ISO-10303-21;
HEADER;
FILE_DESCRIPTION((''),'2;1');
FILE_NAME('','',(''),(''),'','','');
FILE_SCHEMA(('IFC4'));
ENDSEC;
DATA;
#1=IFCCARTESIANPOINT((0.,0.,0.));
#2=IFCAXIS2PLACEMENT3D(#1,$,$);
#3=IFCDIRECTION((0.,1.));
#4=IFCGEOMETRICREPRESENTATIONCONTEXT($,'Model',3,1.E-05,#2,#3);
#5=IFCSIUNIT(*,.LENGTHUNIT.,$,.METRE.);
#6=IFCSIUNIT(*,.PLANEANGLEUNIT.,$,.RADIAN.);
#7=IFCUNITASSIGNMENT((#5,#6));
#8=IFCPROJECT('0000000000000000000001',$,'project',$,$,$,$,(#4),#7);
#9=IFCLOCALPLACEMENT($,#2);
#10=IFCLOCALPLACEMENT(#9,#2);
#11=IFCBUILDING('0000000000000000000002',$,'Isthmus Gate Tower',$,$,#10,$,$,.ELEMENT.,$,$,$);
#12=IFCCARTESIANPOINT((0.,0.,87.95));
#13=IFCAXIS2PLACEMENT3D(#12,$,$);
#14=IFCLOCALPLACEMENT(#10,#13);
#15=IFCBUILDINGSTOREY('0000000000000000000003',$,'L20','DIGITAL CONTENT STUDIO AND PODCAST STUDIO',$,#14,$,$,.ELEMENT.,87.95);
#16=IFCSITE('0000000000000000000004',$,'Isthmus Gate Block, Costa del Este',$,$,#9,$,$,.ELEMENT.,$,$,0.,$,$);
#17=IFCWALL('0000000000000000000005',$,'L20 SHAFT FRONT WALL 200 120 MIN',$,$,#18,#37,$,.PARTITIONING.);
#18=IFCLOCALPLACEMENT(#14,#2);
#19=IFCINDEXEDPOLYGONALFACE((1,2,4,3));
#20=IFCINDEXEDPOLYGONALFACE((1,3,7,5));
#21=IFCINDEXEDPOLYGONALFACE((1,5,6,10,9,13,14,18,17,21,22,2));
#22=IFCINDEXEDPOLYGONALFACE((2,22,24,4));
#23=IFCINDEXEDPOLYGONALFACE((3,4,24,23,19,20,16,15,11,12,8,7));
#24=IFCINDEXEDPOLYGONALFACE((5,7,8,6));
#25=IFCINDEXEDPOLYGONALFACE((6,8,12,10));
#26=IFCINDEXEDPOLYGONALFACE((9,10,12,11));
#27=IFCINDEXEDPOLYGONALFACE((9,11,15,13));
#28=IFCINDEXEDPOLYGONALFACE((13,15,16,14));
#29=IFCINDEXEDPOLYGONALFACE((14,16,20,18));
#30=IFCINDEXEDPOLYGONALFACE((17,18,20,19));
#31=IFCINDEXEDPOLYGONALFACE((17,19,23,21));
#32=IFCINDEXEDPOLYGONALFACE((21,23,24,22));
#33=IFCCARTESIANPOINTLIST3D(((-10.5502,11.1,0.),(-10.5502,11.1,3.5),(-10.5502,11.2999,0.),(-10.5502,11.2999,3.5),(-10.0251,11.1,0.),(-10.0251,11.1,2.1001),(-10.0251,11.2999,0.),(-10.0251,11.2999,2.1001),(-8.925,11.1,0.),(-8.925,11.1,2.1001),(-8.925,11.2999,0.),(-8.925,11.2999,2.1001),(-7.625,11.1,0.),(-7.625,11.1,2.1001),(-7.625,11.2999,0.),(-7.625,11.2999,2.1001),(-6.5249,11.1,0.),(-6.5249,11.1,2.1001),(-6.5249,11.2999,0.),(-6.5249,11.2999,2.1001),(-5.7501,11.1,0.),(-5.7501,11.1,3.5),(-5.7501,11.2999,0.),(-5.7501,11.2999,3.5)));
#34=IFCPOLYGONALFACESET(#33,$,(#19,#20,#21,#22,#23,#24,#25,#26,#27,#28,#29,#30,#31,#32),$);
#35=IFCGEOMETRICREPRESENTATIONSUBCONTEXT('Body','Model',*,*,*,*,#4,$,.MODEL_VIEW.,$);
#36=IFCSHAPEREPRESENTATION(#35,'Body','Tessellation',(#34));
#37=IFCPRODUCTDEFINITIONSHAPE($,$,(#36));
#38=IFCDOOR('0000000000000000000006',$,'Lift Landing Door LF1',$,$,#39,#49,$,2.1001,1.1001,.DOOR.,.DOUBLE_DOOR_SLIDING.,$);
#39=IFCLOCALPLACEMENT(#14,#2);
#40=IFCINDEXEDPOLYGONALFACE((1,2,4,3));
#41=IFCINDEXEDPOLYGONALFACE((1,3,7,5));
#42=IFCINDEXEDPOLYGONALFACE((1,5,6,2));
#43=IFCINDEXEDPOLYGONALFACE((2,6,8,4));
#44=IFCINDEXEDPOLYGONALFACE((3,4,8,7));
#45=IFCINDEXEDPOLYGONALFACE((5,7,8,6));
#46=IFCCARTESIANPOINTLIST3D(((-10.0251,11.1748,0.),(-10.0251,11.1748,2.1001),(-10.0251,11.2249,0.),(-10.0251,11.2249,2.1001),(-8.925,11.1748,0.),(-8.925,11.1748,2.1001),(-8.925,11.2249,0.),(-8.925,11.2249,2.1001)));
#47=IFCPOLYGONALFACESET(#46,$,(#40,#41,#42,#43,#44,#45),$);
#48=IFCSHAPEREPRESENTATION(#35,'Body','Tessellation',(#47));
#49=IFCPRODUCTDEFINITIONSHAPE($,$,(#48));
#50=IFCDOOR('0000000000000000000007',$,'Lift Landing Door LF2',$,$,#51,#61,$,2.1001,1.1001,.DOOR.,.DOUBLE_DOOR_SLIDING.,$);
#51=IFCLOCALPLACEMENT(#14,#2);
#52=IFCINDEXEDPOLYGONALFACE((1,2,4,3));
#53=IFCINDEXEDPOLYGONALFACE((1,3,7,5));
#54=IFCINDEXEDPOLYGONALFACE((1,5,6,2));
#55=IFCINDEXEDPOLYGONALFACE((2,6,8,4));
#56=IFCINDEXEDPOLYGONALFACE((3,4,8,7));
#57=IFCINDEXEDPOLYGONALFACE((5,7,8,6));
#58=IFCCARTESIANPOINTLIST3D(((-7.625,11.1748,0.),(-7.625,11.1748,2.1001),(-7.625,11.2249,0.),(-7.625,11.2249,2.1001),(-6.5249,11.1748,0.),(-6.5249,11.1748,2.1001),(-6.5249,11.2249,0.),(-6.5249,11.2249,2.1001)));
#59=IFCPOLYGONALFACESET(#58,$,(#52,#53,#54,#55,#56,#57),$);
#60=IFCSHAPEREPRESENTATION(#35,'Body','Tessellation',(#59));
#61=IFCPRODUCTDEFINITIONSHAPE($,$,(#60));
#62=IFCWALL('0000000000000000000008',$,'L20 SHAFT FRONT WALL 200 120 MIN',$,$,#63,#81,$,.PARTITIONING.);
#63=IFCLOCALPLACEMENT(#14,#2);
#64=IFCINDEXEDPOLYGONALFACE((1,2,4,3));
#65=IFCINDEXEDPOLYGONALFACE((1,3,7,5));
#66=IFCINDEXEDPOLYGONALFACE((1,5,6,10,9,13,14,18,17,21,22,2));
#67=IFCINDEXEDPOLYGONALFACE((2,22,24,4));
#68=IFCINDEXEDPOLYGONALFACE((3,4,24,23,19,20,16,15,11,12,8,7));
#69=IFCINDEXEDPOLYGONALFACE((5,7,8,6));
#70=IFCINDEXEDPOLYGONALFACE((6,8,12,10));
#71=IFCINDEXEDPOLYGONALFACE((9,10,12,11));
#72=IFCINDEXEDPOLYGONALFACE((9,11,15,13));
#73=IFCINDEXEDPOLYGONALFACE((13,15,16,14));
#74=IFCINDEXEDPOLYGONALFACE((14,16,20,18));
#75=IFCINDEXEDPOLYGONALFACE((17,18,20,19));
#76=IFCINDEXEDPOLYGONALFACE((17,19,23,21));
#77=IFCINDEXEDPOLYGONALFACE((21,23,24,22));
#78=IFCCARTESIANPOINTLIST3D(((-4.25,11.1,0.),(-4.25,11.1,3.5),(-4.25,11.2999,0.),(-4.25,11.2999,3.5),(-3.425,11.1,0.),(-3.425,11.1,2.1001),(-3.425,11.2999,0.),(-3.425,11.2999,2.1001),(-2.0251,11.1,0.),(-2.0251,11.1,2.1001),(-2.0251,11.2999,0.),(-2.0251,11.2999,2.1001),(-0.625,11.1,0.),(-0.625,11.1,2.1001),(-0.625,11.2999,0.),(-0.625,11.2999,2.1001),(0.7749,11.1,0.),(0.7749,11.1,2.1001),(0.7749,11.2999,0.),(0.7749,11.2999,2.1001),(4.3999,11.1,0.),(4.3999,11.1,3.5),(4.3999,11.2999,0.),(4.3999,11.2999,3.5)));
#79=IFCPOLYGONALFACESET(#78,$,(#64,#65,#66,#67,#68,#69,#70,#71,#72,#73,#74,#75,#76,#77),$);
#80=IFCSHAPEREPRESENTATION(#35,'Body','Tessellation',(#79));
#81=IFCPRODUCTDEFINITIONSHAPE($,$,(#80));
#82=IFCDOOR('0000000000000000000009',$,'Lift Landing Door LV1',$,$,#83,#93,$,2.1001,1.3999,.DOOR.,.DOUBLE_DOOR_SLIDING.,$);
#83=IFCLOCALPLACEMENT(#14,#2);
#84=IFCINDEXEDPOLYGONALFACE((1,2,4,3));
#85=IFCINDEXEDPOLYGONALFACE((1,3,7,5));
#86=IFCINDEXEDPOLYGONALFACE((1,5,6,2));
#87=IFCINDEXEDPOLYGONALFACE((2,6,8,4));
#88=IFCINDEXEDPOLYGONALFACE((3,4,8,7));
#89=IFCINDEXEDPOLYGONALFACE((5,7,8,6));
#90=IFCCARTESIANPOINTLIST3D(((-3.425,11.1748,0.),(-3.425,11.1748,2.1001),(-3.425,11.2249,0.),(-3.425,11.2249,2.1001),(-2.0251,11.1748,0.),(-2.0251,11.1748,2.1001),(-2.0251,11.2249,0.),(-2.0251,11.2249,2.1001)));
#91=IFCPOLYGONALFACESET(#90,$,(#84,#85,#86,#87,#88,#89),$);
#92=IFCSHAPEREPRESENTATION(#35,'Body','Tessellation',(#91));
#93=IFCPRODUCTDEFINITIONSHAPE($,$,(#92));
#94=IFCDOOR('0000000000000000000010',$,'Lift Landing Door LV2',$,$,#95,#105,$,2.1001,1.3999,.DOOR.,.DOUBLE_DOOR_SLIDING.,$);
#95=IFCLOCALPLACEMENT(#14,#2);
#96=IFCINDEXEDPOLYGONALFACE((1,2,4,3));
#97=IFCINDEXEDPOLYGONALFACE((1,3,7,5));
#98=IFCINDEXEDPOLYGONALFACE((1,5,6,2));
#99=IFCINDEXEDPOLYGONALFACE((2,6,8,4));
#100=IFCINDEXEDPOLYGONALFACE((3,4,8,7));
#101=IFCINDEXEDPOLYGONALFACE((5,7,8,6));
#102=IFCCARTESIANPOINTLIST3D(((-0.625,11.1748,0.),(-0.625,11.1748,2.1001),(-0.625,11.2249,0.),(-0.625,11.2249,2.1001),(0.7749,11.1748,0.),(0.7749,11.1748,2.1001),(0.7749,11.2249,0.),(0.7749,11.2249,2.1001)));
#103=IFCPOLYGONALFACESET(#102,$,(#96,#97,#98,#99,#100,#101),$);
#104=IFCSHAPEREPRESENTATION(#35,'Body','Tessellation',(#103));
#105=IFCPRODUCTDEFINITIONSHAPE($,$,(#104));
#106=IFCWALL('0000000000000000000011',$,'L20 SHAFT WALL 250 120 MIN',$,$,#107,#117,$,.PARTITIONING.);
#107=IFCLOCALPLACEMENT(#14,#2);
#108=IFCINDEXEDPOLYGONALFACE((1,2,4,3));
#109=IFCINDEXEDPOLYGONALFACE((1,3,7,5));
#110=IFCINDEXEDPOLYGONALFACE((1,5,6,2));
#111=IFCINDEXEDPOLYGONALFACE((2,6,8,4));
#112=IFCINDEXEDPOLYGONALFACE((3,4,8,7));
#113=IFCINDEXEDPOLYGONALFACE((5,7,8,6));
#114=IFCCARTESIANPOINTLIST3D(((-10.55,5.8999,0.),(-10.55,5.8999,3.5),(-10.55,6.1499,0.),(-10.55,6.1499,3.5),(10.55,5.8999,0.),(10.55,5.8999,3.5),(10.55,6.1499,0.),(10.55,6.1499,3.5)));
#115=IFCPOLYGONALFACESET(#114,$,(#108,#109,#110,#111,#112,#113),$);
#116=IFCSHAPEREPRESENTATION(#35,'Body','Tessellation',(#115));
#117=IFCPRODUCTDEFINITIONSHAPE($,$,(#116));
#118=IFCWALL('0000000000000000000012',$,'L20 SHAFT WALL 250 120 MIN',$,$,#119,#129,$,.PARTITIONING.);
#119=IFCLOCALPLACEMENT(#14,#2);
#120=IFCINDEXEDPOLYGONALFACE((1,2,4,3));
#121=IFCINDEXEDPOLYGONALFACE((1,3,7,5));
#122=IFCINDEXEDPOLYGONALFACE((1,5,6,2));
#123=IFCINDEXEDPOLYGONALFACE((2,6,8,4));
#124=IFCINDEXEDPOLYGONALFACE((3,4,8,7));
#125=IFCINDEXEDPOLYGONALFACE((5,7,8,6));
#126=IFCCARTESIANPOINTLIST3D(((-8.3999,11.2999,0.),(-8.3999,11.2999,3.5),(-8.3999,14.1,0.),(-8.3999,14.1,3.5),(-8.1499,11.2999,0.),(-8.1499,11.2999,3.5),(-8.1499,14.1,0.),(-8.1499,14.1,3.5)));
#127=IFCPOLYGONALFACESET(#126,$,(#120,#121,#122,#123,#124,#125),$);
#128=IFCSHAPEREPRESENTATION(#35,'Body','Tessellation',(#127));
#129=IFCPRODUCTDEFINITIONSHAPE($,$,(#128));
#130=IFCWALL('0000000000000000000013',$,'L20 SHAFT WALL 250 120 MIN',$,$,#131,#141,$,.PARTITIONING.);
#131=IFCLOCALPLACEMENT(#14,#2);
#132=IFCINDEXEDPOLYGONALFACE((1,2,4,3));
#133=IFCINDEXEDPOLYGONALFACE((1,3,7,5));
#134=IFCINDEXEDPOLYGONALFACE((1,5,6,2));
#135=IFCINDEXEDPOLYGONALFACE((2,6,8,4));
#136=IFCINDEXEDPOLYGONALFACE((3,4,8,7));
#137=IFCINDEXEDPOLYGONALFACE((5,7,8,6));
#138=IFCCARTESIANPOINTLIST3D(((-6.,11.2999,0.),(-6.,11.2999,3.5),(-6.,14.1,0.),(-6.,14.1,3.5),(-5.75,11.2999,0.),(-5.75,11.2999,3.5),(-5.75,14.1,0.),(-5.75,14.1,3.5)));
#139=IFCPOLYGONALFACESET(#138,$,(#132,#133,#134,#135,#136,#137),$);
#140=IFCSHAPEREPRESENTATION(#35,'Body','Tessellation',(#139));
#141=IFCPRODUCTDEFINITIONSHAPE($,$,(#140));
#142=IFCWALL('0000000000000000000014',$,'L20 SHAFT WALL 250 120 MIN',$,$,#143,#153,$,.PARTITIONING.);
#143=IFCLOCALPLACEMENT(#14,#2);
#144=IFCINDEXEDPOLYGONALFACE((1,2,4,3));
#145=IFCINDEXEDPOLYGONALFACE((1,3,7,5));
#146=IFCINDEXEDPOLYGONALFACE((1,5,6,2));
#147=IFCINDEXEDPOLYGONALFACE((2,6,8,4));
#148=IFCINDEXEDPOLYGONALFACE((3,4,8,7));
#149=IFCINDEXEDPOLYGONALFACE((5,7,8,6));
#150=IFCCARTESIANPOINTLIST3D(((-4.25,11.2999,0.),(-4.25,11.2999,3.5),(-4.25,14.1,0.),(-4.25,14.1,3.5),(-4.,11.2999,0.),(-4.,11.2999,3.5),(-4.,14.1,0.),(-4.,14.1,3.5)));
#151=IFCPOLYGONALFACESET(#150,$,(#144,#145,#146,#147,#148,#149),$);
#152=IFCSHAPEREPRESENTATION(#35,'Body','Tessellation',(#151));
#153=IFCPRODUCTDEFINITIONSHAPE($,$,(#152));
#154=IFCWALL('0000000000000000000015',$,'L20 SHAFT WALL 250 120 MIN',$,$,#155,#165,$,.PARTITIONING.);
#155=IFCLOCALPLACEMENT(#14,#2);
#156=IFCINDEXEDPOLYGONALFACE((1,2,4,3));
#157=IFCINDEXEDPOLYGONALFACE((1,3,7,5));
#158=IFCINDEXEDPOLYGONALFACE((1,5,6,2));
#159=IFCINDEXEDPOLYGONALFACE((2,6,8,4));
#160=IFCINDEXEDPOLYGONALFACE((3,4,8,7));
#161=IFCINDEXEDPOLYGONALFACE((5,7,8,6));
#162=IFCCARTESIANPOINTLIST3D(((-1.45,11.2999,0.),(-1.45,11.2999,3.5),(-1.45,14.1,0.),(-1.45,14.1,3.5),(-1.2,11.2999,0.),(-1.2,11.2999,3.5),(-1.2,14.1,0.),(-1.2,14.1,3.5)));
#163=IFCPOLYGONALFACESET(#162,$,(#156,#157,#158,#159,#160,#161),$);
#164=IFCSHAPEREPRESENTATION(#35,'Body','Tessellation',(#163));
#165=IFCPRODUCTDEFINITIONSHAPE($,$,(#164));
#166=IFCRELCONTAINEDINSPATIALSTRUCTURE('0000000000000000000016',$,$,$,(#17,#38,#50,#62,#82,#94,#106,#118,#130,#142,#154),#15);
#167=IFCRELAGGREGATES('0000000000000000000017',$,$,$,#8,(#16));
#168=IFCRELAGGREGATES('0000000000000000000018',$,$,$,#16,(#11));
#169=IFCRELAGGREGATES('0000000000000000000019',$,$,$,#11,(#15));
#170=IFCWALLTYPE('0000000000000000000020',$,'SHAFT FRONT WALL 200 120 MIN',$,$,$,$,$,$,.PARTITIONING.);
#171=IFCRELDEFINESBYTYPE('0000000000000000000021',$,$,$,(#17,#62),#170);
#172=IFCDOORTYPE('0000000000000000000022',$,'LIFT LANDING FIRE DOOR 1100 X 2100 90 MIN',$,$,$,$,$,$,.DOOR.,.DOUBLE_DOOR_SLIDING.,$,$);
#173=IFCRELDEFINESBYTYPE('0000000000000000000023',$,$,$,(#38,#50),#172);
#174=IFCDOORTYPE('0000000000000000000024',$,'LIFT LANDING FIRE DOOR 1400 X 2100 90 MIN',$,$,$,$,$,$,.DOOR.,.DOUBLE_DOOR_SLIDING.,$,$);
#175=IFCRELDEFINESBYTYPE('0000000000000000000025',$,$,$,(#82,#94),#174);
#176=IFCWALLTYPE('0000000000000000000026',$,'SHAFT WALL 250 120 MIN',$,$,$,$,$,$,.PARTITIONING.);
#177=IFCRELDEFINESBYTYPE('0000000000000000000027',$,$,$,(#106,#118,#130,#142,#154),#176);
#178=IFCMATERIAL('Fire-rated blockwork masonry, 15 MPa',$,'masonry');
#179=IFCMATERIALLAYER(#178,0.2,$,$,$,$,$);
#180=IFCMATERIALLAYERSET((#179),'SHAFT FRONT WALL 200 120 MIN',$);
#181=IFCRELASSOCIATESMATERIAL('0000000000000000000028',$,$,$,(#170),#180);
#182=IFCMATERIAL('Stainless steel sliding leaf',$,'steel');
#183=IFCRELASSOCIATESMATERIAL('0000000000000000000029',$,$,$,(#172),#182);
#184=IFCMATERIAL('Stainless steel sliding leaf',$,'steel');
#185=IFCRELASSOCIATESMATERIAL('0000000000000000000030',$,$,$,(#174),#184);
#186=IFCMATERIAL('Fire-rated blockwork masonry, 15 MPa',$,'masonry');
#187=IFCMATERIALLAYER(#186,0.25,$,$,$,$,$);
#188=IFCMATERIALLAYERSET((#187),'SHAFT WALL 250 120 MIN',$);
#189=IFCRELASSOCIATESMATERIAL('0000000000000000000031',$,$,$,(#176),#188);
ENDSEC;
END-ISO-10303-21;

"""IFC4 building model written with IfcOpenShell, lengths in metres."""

from ifc_helpers import new_model, si_unit, direction, frame, frame_2d, origin, place, context, subcontext, project, spatial, rectangle, extrude, material, layer, layer_set, type_object, element, fill, save


model = new_model("IFC4")

# Units and contexts
model_context = context("Model", 3, precision=1e-05, world=origin(), true_north=direction((0.0, 1.0)))
body_context = subcontext(model_context, "Body", "Model", "MODEL_VIEW")
ifc_project = project(units=[si_unit("LENGTHUNIT", "METRE"), si_unit("PLANEANGLEUNIT", "RADIAN")], contexts=[model_context])

# Site, building, storey
site_placement = place(None, origin())
site = spatial("IfcSite", under=ifc_project, at=site_placement, Name="Isthmus Gate Block, Costa del Este", CompositionType="ELEMENT", RefElevation=0.0)
building_placement = place(site_placement, origin())
building = spatial("IfcBuilding", under=site, at=building_placement, Name="Isthmus Gate Tower", CompositionType="ELEMENT")
storey_placement = place(building_placement, frame((0.0, 0.0, 87.95)))
storey = spatial("IfcBuildingStorey", under=building, at=storey_placement, Name="L20", Description="DIGITAL CONTENT STUDIO AND PODCAST STUDIO", CompositionType="ELEMENT", Elevation=87.95)

# Walls, openings, doors
ifc_material_1 = material(Name="Fire-rated blockwork masonry, 15 MPa", Category="masonry")
ifc_layer_1 = layer(ifc_material_1, 0.2)
ifc_layer_set_1 = layer_set([ifc_layer_1], Name="SHAFT FRONT WALL 200 120 MIN")
wall_type_1 = type_object("IfcWallType", Name="SHAFT FRONT WALL 200 120 MIN", PredefinedType="PARTITIONING", material=ifc_layer_set_1)
wall_1_placement = place(storey_placement, frame((-10.55, 11.2, 0.0), z_axis=(0.0, 0.0, 1.0), x_axis=(1.0, 0.0, 0.0)))
wall_1 = element("IfcWall", 1, at=wall_1_placement, inside=storey, type_object=wall_type_1, Name="L20 SHAFT FRONT WALL 200 120 MIN", PredefinedType="PARTITIONING", context=body_context, shape_type="SweptSolid", body=[
    extrude(rectangle(XDim=4.8, YDim=0.2, at=frame_2d((2.3999, 0.0))), origin(), (0.0, 0.0, 1.0), 3.5),
])
opening_1_placement = place(wall_1_placement, frame((0.5249, 0.0, 0.0)))
opening_1 = element("IfcOpeningElement", 2, at=opening_1_placement, cuts=wall_1, PredefinedType="OPENING", context=body_context, shape_type="SweptSolid", body=[
    extrude(rectangle(XDim=1.1001, YDim=2.1001, at=frame_2d((0.55, 1.05))), frame((0.0, 0.1099, 0.0), z_axis=(0.0, -1.0, 0.0), x_axis=(1.0, 0.0, 0.0)), (0.0, 0.0, 1.0), 0.22),
])
opening_2_placement = place(wall_1_placement, frame((2.925, 0.0, 0.0)))
opening_2 = element("IfcOpeningElement", 3, at=opening_2_placement, cuts=wall_1, PredefinedType="OPENING", context=body_context, shape_type="SweptSolid", body=[
    extrude(rectangle(XDim=1.1001, YDim=2.1001, at=frame_2d((0.55, 1.05))), frame((0.0, 0.1099, 0.0), z_axis=(0.0, -1.0, 0.0), x_axis=(1.0, 0.0, 0.0)), (0.0, 0.0, 1.0), 0.22),
])
ifc_material_2 = material(Name="Stainless steel sliding leaf", Category="steel")
door_type_1 = type_object("IfcDoorType", Name="LIFT LANDING FIRE DOOR 1100 X 2100 90 MIN", OperationType="DOUBLE_DOOR_SLIDING", PredefinedType="DOOR", material=ifc_material_2)
door_1_placement = place(opening_1_placement, origin())
door_1 = element("IfcDoor", 4, at=door_1_placement, inside=storey, type_object=door_type_1, Name="Lift Landing Door LF1", OperationType="DOUBLE_DOOR_SLIDING", OverallHeight=2.1001, OverallWidth=1.1001, PredefinedType="DOOR", context=body_context, shape_type="SweptSolid", body=[
    extrude(rectangle(XDim=1.1001, YDim=2.1001, at=frame_2d((0.55, 1.05))), frame((0.0, 0.0249, 0.0), z_axis=(0.0, -1.0, 0.0), x_axis=(1.0, 0.0, 0.0)), (0.0, 0.0, 1.0), 0.05),
])
fill(opening_1, door_1)
door_2_placement = place(opening_2_placement, origin())
door_2 = element("IfcDoor", 5, at=door_2_placement, inside=storey, type_object=door_type_1, Name="Lift Landing Door LF2", OperationType="DOUBLE_DOOR_SLIDING", OverallHeight=2.1001, OverallWidth=1.1001, PredefinedType="DOOR", context=body_context, shape_type="SweptSolid", body=[
    extrude(rectangle(XDim=1.1001, YDim=2.1001, at=frame_2d((0.55, 1.05))), frame((0.0, 0.0249, 0.0), z_axis=(0.0, -1.0, 0.0), x_axis=(1.0, 0.0, 0.0)), (0.0, 0.0, 1.0), 0.05),
])
fill(opening_2, door_2)
wall_2_placement = place(storey_placement, frame((-4.25, 11.2, 0.0), z_axis=(0.0, 0.0, 1.0), x_axis=(1.0, 0.0, 0.0)))
wall_2 = element("IfcWall", 6, at=wall_2_placement, inside=storey, type_object=wall_type_1, Name="L20 SHAFT FRONT WALL 200 120 MIN", PredefinedType="PARTITIONING", context=body_context, shape_type="SweptSolid", body=[
    extrude(rectangle(XDim=8.6499, YDim=0.2, at=frame_2d((4.325, 0.0))), origin(), (0.0, 0.0, 1.0), 3.5),
])
opening_3_placement = place(wall_2_placement, frame((0.825, 0.0, 0.0)))
opening_3 = element("IfcOpeningElement", 7, at=opening_3_placement, cuts=wall_2, PredefinedType="OPENING", context=body_context, shape_type="SweptSolid", body=[
    extrude(rectangle(XDim=1.3999, YDim=2.1001, at=frame_2d((0.7, 1.05))), frame((0.0, 0.1099, 0.0), z_axis=(0.0, -1.0, 0.0), x_axis=(1.0, 0.0, 0.0)), (0.0, 0.0, 1.0), 0.22),
])
opening_4_placement = place(wall_2_placement, frame((3.625, 0.0, 0.0)))
opening_4 = element("IfcOpeningElement", 8, at=opening_4_placement, cuts=wall_2, PredefinedType="OPENING", context=body_context, shape_type="SweptSolid", body=[
    extrude(rectangle(XDim=1.3999, YDim=2.1001, at=frame_2d((0.7, 1.05))), frame((0.0, 0.1099, 0.0), z_axis=(0.0, -1.0, 0.0), x_axis=(1.0, 0.0, 0.0)), (0.0, 0.0, 1.0), 0.22),
])
ifc_material_3 = material(Name="Stainless steel sliding leaf", Category="steel")
door_type_2 = type_object("IfcDoorType", Name="LIFT LANDING FIRE DOOR 1400 X 2100 90 MIN", OperationType="DOUBLE_DOOR_SLIDING", PredefinedType="DOOR", material=ifc_material_3)
door_3_placement = place(opening_3_placement, origin())
door_3 = element("IfcDoor", 9, at=door_3_placement, inside=storey, type_object=door_type_2, Name="Lift Landing Door LV1", OperationType="DOUBLE_DOOR_SLIDING", OverallHeight=2.1001, OverallWidth=1.3999, PredefinedType="DOOR", context=body_context, shape_type="SweptSolid", body=[
    extrude(rectangle(XDim=1.3999, YDim=2.1001, at=frame_2d((0.7, 1.05))), frame((0.0, 0.0249, 0.0), z_axis=(0.0, -1.0, 0.0), x_axis=(1.0, 0.0, 0.0)), (0.0, 0.0, 1.0), 0.05),
])
fill(opening_3, door_3)
door_4_placement = place(opening_4_placement, origin())
door_4 = element("IfcDoor", 10, at=door_4_placement, inside=storey, type_object=door_type_2, Name="Lift Landing Door LV2", OperationType="DOUBLE_DOOR_SLIDING", OverallHeight=2.1001, OverallWidth=1.3999, PredefinedType="DOOR", context=body_context, shape_type="SweptSolid", body=[
    extrude(rectangle(XDim=1.3999, YDim=2.1001, at=frame_2d((0.7, 1.05))), frame((0.0, 0.0249, 0.0), z_axis=(0.0, -1.0, 0.0), x_axis=(1.0, 0.0, 0.0)), (0.0, 0.0, 1.0), 0.05),
])
fill(opening_4, door_4)

# Walls
ifc_material_4 = material(Name="Fire-rated blockwork masonry, 15 MPa", Category="masonry")
ifc_layer_2 = layer(ifc_material_4, 0.25)
ifc_layer_set_2 = layer_set([ifc_layer_2], Name="SHAFT WALL 250 120 MIN")
wall_type_2 = type_object("IfcWallType", Name="SHAFT WALL 250 120 MIN", PredefinedType="PARTITIONING", material=ifc_layer_set_2)
wall_3_placement = place(storey_placement, frame((-10.55, 6.0249, 0.0), z_axis=(0.0, 0.0, 1.0), x_axis=(1.0, 0.0, 0.0)))
element("IfcWall", 11, at=wall_3_placement, inside=storey, type_object=wall_type_2, Name="L20 SHAFT WALL 250 120 MIN", PredefinedType="PARTITIONING", context=body_context, shape_type="SweptSolid", body=[
    extrude(rectangle(XDim=21.1001, YDim=0.25, at=frame_2d((10.55, 0.0))), origin(), (0.0, 0.0, 1.0), 3.5),
])
for number, where, z_axis, x_axis, name in (
    (12, (-8.2749, 11.3, 0.0), (0.0, 0.0, 1.0), (0.0, 1.0, 0.0), "L20 SHAFT WALL 250 120 MIN"),
    (13, (-5.875, 11.3, 0.0), (0.0, 0.0, 1.0), (0.0, 1.0, 0.0), "L20 SHAFT WALL 250 120 MIN"),
    (14, (-4.125, 11.3, 0.0), (0.0, 0.0, 1.0), (0.0, 1.0, 0.0), "L20 SHAFT WALL 250 120 MIN"),
    (15, (-1.325, 11.3, 0.0), (0.0, 0.0, 1.0), (0.0, 1.0, 0.0), "L20 SHAFT WALL 250 120 MIN"),
):
    element("IfcWall", number, at=place(storey_placement, frame(where, z_axis=z_axis, x_axis=x_axis)), inside=storey, type_object=wall_type_2, Name=name, PredefinedType="PARTITIONING", context=body_context, shape_type="SweptSolid", body=[
        extrude(rectangle(XDim=2.8, YDim=0.25, at=frame_2d((1.3999, 0.0))), origin(), (0.0, 0.0, 1.0), 3.5),
    ])

save(model, "model.ifc")
